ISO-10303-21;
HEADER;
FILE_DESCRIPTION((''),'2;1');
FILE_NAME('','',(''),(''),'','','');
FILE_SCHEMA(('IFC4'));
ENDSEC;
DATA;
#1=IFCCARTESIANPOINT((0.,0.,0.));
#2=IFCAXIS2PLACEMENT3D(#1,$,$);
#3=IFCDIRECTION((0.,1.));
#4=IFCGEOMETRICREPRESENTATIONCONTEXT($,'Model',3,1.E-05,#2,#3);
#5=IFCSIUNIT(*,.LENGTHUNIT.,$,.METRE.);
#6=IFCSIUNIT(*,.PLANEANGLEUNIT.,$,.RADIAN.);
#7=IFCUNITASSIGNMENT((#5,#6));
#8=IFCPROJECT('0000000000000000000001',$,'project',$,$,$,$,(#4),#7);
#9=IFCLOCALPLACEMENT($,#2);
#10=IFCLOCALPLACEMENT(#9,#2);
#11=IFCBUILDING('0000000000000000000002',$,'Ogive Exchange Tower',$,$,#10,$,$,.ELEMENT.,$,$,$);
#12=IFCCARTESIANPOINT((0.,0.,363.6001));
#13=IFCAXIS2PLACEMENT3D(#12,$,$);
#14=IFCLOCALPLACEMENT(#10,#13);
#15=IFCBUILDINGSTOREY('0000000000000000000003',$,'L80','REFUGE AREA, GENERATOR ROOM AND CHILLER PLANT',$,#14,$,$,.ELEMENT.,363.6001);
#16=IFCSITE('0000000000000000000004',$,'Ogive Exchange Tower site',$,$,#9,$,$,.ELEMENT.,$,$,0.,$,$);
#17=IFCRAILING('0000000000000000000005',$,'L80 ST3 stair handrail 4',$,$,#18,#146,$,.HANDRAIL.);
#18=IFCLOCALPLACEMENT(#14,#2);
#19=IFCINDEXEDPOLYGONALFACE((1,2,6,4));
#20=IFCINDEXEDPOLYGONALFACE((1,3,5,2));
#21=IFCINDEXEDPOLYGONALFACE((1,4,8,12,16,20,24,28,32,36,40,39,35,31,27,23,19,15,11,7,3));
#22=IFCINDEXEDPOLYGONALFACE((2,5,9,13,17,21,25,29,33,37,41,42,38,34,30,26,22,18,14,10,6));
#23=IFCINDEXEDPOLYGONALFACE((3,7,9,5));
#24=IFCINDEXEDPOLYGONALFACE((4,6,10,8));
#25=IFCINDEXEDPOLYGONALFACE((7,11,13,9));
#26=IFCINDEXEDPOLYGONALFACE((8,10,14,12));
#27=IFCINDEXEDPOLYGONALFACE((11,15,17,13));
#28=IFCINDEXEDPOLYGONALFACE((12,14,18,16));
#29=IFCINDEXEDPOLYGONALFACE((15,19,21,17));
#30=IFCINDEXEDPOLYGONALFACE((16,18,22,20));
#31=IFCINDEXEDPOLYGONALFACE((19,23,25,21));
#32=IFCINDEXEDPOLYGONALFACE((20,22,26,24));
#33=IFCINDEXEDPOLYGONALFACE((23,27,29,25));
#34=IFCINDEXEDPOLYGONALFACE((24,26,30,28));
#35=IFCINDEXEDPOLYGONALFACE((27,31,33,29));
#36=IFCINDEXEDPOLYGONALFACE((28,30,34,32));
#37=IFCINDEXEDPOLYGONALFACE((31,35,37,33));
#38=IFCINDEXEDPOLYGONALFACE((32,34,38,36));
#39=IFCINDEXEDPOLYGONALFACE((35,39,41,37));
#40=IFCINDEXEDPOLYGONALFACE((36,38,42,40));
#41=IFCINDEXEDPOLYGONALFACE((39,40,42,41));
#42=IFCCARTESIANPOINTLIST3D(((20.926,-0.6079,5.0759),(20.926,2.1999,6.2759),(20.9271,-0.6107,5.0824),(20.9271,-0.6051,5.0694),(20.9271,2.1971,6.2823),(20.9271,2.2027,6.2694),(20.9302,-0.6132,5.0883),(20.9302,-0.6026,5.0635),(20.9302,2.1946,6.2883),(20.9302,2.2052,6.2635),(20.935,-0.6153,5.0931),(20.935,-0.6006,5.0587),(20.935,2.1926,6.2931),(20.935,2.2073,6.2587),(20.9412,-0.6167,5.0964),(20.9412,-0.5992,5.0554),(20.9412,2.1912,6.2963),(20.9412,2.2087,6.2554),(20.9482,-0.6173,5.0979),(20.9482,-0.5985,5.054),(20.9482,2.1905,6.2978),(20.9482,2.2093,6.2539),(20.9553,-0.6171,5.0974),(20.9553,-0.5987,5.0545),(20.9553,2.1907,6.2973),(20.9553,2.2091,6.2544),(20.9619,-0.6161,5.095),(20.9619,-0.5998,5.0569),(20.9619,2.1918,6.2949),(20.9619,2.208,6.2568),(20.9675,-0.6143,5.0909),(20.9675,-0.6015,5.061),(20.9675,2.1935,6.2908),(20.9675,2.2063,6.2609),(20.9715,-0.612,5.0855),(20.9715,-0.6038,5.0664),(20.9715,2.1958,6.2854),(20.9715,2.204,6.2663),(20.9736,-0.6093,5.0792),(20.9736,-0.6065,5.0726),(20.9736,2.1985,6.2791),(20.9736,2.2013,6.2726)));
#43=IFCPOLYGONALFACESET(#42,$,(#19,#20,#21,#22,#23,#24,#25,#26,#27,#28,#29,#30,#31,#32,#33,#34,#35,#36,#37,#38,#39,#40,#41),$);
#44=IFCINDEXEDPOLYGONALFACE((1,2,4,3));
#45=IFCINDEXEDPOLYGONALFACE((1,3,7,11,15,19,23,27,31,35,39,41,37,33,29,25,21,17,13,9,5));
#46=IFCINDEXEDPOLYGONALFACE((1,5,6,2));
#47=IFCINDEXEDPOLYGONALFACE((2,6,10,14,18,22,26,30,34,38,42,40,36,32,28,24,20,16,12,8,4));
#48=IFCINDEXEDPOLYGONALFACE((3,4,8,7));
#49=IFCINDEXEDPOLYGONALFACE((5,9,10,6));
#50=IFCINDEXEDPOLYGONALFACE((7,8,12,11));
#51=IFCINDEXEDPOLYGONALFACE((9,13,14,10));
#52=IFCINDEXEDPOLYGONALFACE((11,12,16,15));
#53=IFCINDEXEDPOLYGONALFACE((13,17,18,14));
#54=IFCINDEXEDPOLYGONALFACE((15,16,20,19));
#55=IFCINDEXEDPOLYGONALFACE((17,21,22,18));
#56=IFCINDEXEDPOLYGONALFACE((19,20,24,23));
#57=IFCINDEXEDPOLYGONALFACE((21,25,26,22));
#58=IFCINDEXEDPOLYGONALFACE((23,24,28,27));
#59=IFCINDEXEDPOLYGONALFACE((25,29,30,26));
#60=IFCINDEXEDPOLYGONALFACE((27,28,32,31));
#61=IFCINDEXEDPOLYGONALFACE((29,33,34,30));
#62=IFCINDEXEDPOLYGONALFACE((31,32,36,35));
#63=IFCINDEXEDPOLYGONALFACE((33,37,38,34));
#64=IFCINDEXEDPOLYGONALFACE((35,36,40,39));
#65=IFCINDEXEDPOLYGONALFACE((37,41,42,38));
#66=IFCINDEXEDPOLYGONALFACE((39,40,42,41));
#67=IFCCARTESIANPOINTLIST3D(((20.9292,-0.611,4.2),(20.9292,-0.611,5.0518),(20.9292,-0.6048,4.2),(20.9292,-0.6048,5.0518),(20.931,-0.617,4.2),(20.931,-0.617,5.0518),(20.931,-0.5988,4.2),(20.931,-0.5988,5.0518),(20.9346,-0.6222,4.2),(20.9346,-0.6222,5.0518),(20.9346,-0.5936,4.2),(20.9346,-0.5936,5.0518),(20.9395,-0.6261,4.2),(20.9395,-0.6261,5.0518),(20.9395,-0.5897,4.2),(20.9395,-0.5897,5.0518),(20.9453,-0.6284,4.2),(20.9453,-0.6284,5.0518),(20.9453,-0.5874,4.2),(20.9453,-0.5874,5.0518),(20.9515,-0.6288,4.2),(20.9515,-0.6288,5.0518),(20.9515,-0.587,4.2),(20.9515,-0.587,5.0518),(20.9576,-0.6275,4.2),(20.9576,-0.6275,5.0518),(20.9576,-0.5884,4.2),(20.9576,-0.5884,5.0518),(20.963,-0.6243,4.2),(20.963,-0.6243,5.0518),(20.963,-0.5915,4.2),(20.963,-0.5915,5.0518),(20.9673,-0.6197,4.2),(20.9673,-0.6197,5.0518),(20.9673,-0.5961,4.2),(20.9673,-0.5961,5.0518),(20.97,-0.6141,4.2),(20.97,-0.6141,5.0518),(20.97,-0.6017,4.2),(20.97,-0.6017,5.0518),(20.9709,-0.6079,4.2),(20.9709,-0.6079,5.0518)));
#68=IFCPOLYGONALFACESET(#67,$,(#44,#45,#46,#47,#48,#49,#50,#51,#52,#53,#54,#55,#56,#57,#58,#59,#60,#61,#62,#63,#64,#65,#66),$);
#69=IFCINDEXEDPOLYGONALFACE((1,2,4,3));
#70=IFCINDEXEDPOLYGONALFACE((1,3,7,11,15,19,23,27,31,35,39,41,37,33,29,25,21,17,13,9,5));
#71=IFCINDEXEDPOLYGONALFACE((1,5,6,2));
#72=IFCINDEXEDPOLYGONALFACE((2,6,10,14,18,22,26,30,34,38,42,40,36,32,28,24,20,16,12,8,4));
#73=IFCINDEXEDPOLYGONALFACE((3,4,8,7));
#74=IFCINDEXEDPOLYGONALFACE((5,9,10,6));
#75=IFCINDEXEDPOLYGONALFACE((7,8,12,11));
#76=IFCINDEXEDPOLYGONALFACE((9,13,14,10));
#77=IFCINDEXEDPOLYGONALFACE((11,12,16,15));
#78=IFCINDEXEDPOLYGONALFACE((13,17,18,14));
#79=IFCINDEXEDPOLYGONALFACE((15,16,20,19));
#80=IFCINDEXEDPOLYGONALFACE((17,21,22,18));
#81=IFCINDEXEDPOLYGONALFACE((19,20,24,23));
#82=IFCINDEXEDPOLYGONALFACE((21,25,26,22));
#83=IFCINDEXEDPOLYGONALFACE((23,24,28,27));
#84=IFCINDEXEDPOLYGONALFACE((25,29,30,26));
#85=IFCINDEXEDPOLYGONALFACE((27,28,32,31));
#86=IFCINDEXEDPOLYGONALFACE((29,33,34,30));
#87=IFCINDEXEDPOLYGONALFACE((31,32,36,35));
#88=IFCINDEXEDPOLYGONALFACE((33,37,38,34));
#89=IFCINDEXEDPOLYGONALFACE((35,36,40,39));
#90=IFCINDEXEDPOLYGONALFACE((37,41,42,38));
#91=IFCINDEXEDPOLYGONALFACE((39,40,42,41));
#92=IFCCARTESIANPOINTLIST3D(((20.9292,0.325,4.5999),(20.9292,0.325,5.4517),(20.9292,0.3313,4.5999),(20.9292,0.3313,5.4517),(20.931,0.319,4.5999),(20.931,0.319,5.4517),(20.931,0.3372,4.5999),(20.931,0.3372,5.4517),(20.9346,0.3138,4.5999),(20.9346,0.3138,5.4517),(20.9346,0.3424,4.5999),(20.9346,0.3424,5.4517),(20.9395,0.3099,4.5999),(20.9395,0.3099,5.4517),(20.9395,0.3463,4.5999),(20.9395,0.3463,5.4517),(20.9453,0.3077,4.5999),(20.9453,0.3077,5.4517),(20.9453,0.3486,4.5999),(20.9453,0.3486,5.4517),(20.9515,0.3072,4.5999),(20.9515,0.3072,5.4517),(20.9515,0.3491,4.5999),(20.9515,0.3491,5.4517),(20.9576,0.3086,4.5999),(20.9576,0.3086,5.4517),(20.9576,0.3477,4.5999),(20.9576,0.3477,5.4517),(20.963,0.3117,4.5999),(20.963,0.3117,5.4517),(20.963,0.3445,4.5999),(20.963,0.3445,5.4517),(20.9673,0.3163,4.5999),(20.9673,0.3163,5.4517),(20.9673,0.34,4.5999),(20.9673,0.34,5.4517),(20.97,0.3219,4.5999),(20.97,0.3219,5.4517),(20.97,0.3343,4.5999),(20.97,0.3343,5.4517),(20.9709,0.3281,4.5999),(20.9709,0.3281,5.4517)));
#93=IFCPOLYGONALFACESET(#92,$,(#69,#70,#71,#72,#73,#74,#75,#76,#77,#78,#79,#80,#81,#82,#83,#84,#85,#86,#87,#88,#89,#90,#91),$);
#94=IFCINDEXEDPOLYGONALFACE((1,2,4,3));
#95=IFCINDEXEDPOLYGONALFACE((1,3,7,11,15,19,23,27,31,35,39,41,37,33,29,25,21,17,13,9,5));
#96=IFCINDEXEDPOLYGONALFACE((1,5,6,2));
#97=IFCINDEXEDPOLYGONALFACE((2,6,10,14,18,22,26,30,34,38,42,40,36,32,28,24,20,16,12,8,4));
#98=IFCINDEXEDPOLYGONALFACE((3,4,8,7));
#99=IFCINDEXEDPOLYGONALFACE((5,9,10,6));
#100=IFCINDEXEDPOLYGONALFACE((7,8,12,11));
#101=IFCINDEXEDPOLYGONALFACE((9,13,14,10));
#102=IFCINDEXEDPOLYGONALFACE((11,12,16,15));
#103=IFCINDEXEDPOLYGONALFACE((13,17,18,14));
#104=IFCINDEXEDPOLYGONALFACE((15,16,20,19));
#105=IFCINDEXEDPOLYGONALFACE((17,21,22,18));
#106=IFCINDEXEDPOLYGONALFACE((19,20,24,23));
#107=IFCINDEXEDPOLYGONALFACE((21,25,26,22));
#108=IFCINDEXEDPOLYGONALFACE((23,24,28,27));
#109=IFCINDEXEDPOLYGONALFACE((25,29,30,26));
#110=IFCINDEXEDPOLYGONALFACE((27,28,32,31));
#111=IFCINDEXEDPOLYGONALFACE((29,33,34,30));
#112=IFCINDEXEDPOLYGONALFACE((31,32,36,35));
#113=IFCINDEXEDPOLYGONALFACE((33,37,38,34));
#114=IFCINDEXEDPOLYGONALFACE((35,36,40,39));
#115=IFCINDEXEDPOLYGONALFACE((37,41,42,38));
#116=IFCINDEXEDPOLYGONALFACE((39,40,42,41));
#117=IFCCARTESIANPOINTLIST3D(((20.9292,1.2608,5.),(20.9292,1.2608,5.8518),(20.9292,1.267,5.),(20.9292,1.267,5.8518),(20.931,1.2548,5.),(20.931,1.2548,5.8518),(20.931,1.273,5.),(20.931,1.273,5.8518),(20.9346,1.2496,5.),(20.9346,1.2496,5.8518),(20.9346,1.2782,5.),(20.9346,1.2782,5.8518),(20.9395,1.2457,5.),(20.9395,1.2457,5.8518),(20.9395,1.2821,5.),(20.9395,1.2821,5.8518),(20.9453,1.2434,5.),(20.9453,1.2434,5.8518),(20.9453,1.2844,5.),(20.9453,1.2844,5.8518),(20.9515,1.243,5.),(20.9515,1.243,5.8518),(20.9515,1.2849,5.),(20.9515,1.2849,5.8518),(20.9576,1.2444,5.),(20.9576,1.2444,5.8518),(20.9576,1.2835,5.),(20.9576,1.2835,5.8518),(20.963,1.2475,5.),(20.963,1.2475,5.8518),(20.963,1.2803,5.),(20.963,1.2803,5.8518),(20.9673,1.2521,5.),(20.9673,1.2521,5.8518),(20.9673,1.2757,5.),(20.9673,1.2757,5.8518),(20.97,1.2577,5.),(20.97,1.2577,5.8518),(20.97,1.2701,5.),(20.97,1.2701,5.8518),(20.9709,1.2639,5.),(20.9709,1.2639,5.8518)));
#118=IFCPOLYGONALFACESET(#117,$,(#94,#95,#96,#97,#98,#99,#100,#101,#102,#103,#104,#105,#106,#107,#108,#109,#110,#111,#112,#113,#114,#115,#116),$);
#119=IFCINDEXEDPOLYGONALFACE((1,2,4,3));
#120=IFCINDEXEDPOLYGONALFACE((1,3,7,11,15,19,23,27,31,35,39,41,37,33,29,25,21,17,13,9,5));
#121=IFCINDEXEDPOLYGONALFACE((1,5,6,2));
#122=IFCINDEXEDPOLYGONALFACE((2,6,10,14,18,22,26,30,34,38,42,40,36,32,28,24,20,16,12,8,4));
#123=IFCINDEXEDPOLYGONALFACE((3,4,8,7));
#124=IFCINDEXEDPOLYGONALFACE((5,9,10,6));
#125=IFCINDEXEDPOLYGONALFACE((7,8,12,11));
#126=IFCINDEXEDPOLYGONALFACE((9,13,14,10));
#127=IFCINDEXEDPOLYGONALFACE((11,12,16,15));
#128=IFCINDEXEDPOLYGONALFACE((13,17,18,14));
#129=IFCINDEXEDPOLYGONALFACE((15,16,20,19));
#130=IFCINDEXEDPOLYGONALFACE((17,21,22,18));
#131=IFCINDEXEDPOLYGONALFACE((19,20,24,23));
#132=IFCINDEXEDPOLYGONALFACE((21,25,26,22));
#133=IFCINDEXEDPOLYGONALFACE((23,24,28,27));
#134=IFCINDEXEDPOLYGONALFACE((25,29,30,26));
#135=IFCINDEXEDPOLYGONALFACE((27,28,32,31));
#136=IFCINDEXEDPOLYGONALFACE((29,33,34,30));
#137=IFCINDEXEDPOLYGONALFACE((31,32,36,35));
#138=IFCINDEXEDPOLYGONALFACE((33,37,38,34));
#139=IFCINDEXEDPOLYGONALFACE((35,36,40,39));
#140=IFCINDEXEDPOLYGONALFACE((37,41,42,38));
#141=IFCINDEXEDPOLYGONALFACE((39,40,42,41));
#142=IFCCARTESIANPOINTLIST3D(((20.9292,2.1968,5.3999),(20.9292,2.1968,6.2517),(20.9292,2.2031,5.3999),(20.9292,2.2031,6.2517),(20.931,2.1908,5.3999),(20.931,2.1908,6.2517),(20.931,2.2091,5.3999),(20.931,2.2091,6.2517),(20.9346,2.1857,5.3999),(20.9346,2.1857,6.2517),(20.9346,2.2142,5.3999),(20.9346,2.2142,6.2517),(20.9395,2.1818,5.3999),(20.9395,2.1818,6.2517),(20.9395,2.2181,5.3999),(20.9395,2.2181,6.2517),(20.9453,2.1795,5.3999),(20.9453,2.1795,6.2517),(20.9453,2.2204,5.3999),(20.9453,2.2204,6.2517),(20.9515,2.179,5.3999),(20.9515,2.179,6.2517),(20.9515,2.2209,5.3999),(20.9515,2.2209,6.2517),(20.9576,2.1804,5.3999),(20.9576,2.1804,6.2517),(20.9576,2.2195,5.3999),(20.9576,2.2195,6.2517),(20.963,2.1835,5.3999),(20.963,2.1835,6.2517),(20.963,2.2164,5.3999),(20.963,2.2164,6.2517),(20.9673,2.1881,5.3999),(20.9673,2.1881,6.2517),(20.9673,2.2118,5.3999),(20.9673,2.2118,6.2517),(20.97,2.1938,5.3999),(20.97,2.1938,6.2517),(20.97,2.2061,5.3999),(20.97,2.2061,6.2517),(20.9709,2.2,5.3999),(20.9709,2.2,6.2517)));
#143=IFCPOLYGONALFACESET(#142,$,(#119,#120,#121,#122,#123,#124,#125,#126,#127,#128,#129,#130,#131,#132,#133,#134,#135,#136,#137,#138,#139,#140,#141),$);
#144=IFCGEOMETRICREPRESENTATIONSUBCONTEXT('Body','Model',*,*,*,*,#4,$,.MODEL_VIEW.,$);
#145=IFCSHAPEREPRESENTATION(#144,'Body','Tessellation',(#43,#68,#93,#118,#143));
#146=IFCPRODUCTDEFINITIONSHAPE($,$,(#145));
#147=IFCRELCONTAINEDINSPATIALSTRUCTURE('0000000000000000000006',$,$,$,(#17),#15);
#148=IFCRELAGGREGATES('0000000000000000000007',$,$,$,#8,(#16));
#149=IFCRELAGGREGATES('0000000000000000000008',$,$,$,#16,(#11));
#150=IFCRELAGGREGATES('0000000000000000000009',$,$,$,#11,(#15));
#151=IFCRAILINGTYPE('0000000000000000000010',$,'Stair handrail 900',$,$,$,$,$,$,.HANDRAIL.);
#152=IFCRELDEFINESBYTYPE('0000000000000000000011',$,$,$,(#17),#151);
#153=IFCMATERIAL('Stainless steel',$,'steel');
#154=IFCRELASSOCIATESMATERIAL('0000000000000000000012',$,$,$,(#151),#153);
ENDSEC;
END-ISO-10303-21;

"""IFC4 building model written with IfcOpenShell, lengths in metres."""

from ifc_helpers import new_model, si_unit, direction, frame, origin, origin_2d, place, context, subcontext, project, spatial, circle, extrude, material, type_object, element, save


model = new_model("IFC4")

# Units and contexts
model_context = context("Model", 3, precision=1e-05, world=origin(), true_north=direction((0.0, 1.0)))
body_context = subcontext(model_context, "Body", "Model", "MODEL_VIEW")
ifc_project = project(units=[si_unit("LENGTHUNIT", "METRE"), si_unit("PLANEANGLEUNIT", "RADIAN")], contexts=[model_context])

# Site, building, storey
site_placement = place(None, origin())
site = spatial("IfcSite", under=ifc_project, at=site_placement, Name="Ogive Exchange Tower site", CompositionType="ELEMENT", RefElevation=0.0)
building_placement = place(site_placement, origin())
building = spatial("IfcBuilding", under=site, at=building_placement, Name="Ogive Exchange Tower", CompositionType="ELEMENT")
storey_placement = place(building_placement, frame((0.0, 0.0, 363.6001)))
storey = spatial("IfcBuildingStorey", under=building, at=storey_placement, Name="L80", Description="REFUGE AREA, GENERATOR ROOM AND CHILLER PLANT", CompositionType="ELEMENT", Elevation=363.6001)

# Railing
ifc_material_1 = material(Name="Stainless steel", Category="steel")
railing_type = type_object("IfcRailingType", Name="Stair handrail 900", PredefinedType="HANDRAIL", material=ifc_material_1)
for number, where, name in (
    (1, (20.95, -0.6079, 4.2), "L80 ST3 stair handrail 4"),
):
    element("IfcRailing", number, at=place(storey_placement, frame(where)), inside=storey, type_object=railing_type, Name=name, PredefinedType="HANDRAIL", context=body_context, shape_type="SweptSolid", body=[
        extrude(circle(Radius=0.0239, at=origin_2d()), frame((0.0, 0.0, 0.876), z_axis=(0.0, 0.91955, 0.392973), x_axis=(-1.0, 0.0, 0.0)), (0.0, 0.0, 1.0), 3.0535),
        extrude(circle(Radius=0.021, at=origin_2d()), origin(), (0.0, 0.0, 1.0), 0.8518),
        extrude(circle(Radius=0.021, at=origin_2d()), frame((0.0, 0.936, 0.3999)), (0.0, 0.0, 1.0), 0.8518),
        extrude(circle(Radius=0.021, at=origin_2d()), frame((0.0, 1.8718, 0.8)), (0.0, 0.0, 1.0), 0.8518),
        extrude(circle(Radius=0.021, at=origin_2d()), frame((0.0, 2.8079, 1.2)), (0.0, 0.0, 1.0), 0.8518),
    ])

save(model, "model.ifc")
